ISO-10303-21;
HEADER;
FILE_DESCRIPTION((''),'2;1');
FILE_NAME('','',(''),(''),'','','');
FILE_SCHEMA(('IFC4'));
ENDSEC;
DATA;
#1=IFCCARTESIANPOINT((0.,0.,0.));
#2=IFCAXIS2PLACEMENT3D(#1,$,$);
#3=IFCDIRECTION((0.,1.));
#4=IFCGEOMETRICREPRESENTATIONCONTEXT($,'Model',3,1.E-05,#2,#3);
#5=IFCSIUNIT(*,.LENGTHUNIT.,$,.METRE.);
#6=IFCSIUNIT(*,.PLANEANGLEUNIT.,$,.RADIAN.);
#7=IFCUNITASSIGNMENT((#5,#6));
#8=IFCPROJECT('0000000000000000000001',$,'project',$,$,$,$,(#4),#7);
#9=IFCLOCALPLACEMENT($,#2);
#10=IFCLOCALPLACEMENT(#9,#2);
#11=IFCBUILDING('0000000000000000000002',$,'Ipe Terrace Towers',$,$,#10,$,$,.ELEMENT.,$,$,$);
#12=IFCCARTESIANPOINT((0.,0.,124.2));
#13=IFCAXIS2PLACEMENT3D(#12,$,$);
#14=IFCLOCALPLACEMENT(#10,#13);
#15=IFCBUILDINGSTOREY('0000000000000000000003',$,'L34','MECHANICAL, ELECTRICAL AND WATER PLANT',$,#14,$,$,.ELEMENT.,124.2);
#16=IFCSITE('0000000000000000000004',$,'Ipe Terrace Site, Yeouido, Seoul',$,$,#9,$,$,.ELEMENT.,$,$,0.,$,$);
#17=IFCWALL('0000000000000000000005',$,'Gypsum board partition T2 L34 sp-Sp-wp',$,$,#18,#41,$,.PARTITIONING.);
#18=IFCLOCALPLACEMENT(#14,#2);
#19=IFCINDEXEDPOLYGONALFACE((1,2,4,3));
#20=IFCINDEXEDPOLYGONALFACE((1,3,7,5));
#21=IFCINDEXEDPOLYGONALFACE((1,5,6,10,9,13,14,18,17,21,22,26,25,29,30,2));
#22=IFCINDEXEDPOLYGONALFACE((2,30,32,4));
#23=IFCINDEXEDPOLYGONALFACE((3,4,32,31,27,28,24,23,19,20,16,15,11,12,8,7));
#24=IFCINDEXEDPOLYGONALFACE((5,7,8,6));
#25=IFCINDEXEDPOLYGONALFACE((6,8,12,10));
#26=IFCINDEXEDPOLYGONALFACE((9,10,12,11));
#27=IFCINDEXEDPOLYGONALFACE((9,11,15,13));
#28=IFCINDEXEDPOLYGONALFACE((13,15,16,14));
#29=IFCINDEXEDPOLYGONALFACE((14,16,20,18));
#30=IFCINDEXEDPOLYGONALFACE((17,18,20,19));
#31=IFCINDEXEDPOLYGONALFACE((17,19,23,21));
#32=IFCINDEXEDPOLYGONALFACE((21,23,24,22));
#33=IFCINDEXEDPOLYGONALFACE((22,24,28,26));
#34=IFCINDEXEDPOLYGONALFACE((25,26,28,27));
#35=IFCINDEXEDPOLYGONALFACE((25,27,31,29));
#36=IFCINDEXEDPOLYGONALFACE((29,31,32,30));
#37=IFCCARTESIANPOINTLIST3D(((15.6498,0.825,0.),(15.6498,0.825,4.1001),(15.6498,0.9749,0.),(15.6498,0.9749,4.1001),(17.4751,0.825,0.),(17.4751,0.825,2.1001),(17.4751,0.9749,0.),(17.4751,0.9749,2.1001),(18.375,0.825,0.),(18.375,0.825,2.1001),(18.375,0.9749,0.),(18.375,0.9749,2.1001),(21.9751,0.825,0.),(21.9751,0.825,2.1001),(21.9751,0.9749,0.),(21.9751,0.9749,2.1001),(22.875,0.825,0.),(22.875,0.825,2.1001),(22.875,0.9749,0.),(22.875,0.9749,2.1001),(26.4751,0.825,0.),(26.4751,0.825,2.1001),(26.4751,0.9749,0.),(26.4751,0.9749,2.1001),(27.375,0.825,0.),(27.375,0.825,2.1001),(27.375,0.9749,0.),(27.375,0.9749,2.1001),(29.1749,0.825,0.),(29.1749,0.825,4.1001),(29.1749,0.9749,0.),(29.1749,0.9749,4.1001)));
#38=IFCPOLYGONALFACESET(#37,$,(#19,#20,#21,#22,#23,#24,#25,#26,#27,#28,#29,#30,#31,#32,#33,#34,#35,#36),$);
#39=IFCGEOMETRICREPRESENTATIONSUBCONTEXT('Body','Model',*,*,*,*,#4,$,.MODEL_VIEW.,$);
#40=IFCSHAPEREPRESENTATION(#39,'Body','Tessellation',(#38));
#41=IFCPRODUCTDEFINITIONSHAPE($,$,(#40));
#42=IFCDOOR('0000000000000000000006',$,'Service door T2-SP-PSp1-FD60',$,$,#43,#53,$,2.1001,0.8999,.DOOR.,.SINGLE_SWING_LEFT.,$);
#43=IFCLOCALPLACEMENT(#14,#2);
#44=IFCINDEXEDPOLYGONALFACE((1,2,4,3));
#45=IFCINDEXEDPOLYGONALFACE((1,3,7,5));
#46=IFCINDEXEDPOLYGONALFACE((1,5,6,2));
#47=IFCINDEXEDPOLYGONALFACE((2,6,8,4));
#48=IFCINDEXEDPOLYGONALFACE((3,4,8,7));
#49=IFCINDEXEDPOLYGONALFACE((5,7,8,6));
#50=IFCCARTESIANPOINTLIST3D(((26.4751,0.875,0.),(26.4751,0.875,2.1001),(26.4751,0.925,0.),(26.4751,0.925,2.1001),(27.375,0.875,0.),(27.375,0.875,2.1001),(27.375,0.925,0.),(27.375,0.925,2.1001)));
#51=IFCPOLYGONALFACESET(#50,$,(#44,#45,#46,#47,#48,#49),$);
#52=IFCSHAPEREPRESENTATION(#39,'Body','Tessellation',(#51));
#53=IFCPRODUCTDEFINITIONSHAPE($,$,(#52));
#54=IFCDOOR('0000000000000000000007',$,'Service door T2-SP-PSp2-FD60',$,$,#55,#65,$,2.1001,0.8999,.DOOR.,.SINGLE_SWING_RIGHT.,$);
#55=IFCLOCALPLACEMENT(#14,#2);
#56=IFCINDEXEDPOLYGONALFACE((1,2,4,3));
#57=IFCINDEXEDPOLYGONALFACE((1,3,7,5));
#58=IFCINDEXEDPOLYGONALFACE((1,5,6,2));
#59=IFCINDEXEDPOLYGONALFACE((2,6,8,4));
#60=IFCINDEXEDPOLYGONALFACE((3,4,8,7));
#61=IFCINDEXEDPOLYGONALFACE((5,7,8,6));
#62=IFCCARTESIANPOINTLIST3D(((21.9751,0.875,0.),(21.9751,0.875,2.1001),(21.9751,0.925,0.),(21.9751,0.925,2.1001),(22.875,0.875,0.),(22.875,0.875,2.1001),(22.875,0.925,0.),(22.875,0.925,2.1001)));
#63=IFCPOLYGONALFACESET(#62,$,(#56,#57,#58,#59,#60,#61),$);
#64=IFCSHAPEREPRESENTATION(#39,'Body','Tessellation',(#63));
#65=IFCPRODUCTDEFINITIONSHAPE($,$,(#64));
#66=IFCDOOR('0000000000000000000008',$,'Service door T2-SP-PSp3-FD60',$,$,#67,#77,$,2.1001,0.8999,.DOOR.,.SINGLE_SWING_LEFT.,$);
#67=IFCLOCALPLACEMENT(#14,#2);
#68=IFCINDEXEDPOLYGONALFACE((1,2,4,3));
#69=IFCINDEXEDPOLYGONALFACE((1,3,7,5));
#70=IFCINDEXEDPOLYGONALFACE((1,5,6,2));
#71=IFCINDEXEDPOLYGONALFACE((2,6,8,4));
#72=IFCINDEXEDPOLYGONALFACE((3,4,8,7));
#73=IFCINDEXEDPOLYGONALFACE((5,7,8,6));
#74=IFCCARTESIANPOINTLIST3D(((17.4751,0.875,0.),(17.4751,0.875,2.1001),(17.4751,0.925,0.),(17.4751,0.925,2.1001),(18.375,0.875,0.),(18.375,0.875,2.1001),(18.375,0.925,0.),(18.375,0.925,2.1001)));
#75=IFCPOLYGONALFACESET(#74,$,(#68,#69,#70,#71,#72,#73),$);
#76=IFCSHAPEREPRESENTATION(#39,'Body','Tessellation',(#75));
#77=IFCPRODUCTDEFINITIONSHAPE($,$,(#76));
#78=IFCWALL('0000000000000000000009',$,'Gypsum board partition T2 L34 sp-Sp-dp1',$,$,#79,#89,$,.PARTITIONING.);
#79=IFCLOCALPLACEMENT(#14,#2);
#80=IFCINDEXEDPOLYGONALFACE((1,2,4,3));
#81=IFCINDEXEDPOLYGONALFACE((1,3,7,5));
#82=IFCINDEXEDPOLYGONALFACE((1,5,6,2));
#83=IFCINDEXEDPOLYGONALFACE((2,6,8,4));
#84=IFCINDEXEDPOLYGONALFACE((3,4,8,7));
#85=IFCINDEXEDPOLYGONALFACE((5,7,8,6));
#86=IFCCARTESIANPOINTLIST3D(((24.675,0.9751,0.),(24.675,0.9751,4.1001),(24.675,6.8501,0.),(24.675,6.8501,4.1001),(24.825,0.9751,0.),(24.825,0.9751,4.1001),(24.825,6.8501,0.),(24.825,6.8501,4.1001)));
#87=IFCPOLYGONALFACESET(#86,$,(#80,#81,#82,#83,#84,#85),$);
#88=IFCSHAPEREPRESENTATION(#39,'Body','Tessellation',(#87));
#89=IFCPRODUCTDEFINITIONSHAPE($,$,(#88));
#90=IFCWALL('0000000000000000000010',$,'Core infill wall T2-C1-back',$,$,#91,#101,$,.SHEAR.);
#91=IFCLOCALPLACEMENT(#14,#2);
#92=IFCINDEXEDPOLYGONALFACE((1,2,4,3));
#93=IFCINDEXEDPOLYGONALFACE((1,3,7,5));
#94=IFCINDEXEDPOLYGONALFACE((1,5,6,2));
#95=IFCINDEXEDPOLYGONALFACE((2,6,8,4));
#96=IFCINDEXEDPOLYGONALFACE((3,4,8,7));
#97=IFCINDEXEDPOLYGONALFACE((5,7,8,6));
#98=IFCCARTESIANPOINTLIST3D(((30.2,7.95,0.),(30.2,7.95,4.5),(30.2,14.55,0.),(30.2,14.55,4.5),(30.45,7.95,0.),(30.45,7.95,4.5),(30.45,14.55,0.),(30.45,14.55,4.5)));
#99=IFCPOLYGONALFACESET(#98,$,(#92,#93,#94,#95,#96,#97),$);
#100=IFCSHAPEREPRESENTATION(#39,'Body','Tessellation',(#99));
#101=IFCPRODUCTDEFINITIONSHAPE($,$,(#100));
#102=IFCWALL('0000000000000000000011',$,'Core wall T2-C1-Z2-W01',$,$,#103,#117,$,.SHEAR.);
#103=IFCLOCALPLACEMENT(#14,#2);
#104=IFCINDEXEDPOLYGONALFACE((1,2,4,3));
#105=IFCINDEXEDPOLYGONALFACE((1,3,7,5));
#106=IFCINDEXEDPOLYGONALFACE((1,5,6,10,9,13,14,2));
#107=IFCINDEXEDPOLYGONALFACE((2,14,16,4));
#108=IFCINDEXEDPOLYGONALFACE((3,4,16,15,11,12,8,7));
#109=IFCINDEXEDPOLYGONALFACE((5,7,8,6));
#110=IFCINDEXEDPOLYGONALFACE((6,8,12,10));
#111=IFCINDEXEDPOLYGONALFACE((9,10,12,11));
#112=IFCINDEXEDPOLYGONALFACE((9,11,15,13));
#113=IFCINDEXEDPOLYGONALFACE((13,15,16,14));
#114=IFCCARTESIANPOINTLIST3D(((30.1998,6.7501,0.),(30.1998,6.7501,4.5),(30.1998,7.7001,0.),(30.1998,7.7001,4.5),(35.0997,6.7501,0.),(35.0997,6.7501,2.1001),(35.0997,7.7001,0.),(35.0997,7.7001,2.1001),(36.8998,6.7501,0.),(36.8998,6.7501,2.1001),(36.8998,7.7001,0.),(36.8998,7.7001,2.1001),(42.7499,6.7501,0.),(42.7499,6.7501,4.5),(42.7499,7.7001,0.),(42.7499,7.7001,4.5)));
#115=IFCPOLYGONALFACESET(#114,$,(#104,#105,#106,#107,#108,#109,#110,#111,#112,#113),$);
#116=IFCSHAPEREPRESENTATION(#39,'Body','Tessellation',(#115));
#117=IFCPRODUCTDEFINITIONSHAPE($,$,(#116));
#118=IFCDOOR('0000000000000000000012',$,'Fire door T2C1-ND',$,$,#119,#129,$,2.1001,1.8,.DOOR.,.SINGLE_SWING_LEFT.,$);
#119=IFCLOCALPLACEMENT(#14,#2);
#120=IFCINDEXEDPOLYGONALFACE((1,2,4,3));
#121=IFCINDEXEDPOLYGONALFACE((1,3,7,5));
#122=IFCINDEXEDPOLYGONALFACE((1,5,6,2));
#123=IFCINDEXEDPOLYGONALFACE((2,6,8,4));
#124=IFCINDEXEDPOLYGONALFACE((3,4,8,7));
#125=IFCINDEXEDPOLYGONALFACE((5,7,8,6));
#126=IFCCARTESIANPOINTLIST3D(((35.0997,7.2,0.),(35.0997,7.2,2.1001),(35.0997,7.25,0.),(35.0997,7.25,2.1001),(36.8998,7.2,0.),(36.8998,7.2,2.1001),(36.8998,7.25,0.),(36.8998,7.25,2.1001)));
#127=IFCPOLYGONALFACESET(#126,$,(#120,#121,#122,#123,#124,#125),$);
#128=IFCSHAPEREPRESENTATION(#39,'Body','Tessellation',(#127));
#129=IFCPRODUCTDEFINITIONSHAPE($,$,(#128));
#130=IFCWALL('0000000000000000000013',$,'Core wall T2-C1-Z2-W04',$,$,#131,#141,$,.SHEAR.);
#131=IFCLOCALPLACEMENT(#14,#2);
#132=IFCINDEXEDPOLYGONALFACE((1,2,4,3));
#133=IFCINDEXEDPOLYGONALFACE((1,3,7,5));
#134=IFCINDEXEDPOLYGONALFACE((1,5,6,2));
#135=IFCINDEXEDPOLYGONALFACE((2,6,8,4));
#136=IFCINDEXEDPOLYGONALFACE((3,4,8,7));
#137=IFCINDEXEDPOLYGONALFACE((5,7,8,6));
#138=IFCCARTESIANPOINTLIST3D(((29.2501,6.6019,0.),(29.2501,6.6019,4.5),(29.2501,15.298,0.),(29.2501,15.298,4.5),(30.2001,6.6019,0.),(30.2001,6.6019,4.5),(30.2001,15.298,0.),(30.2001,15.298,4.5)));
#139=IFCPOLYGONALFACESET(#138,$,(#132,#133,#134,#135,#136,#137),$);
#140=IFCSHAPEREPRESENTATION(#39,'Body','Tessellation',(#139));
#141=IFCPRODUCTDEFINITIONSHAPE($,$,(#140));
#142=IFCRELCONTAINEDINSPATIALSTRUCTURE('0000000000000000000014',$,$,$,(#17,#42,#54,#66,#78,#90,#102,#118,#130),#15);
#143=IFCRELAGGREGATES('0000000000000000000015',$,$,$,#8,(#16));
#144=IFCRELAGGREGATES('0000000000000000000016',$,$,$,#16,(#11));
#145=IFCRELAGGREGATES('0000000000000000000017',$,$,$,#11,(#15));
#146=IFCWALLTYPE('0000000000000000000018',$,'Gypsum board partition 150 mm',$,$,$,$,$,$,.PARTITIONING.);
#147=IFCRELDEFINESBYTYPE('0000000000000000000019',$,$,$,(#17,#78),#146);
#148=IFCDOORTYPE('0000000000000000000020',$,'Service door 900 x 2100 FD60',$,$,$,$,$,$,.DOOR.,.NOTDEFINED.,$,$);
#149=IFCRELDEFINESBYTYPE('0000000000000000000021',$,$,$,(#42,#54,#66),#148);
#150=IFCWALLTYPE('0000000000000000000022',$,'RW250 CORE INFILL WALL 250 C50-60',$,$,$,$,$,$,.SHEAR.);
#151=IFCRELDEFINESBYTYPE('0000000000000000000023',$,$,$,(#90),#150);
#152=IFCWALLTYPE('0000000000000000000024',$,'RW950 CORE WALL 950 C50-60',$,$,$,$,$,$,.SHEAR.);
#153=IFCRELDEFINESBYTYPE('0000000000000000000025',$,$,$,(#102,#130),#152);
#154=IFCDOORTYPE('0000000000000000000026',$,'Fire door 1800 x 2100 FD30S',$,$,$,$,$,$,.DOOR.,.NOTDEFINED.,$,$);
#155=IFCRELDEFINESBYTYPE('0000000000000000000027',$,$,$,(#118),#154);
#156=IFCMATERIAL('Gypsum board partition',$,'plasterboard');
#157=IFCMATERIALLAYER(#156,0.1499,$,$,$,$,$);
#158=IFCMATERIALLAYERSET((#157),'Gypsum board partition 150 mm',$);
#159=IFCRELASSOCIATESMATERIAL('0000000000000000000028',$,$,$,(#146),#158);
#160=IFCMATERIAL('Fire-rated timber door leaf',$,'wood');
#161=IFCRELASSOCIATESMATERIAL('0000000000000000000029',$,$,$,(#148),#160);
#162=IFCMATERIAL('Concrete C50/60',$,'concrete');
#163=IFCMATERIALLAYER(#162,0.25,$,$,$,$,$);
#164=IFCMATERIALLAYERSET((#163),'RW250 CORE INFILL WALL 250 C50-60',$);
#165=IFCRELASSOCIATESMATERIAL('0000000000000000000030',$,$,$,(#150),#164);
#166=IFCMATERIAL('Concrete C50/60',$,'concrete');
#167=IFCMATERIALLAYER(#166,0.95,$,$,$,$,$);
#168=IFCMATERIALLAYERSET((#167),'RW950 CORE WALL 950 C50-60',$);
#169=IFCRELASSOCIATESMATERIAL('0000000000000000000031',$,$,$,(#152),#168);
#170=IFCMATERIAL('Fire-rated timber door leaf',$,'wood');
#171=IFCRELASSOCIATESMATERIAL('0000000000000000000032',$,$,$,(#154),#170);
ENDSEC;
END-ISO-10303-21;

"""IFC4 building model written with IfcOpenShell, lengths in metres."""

from ifc_helpers import new_model, si_unit, direction, frame, frame_2d, origin, place, context, subcontext, project, spatial, rectangle, extrude, material, layer, layer_set, type_object, element, fill, save


model = new_model("IFC4")

# Units and contexts
model_context = context("Model", 3, precision=1e-05, world=origin(), true_north=direction((0.0, 1.0)))
body_context = subcontext(model_context, "Body", "Model", "MODEL_VIEW")
ifc_project = project(units=[si_unit("LENGTHUNIT", "METRE"), si_unit("PLANEANGLEUNIT", "RADIAN")], contexts=[model_context])

# Site, building, storey
site_placement = place(None, origin())
site = spatial("IfcSite", under=ifc_project, at=site_placement, Name="Ipe Terrace Site, Yeouido, Seoul", CompositionType="ELEMENT", RefElevation=0.0)
building_placement = place(site_placement, origin())
building = spatial("IfcBuilding", under=site, at=building_placement, Name="Ipe Terrace Towers", CompositionType="ELEMENT")
storey_placement = place(building_placement, frame((0.0, 0.0, 124.2)))
storey = spatial("IfcBuildingStorey", under=building, at=storey_placement, Name="L34", Description="MECHANICAL, ELECTRICAL AND WATER PLANT", CompositionType="ELEMENT", Elevation=124.2)

# Wall, openings, doors
ifc_material_1 = material(Name="Gypsum board partition", Category="plasterboard")
ifc_layer_1 = layer(ifc_material_1, 0.1499)
ifc_layer_set_1 = layer_set([ifc_layer_1], Name="Gypsum board partition 150 mm")
wall_type_1 = type_object("IfcWallType", Name="Gypsum board partition 150 mm", PredefinedType="PARTITIONING", material=ifc_layer_set_1)
wall_1_placement = place(storey_placement, frame((29.175, 0.8999, 0.0), z_axis=(0.0, 0.0, 1.0), x_axis=(-1.0, 0.0, 0.0)))
wall_1 = element("IfcWall", 1, at=wall_1_placement, inside=storey, type_object=wall_type_1, Name="Gypsum board partition T2 L34 sp-Sp-wp", PredefinedType="PARTITIONING", context=body_context, shape_type="SweptSolid", body=[
    extrude(rectangle(XDim=13.5251, YDim=0.1499, at=frame_2d((6.7627, 0.0))), origin(), (0.0, 0.0, 1.0), 4.1001),
])
opening_1_placement = place(wall_1_placement, frame((1.8, 0.0, 0.0)))
opening_1 = element("IfcOpeningElement", 2, at=opening_1_placement, cuts=wall_1, PredefinedType="OPENING", context=body_context, shape_type="SweptSolid", body=[
    extrude(rectangle(XDim=0.8999, YDim=2.1001, at=frame_2d((0.45, 1.05))), frame((0.0, 0.085, 0.0), z_axis=(0.0, -1.0, 0.0), x_axis=(1.0, 0.0, 0.0)), (0.0, 0.0, 1.0), 0.1699),
])
opening_2_placement = place(wall_1_placement, frame((6.3, 0.0, 0.0)))
opening_2 = element("IfcOpeningElement", 3, at=opening_2_placement, cuts=wall_1, PredefinedType="OPENING", context=body_context, shape_type="SweptSolid", body=[
    extrude(rectangle(XDim=0.8999, YDim=2.1001, at=frame_2d((0.45, 1.05))), frame((0.0, 0.085, 0.0), z_axis=(0.0, -1.0, 0.0), x_axis=(1.0, 0.0, 0.0)), (0.0, 0.0, 1.0), 0.1699),
])
opening_3_placement = place(wall_1_placement, frame((10.8, 0.0, 0.0)))
opening_3 = element("IfcOpeningElement", 4, at=opening_3_placement, cuts=wall_1, PredefinedType="OPENING", context=body_context, shape_type="SweptSolid", body=[
    extrude(rectangle(XDim=0.8999, YDim=2.1001, at=frame_2d((0.45, 1.05))), frame((0.0, 0.085, 0.0), z_axis=(0.0, -1.0, 0.0), x_axis=(1.0, 0.0, 0.0)), (0.0, 0.0, 1.0), 0.1699),
])
ifc_material_2 = material(Name="Fire-rated timber door leaf", Category="wood")
door_type_1 = type_object("IfcDoorType", Name="Service door 900 x 2100 FD60", OperationType="NOTDEFINED", PredefinedType="DOOR", material=ifc_material_2)
door_1_placement = place(opening_1_placement, origin())
door_1 = element("IfcDoor", 5, at=door_1_placement, inside=storey, type_object=door_type_1, Name="Service door T2-SP-PSp1-FD60", OperationType="SINGLE_SWING_LEFT", OverallHeight=2.1001, OverallWidth=0.8999, PredefinedType="DOOR", context=body_context, shape_type="SweptSolid", body=[
    extrude(rectangle(XDim=0.8999, YDim=2.1001, at=frame_2d((0.45, 1.05))), frame((0.0, 0.0249, 0.0), z_axis=(0.0, -1.0, 0.0), x_axis=(1.0, 0.0, 0.0)), (0.0, 0.0, 1.0), 0.05),
])
fill(opening_1, door_1)
door_2_placement = place(opening_2_placement, origin())
door_2 = element("IfcDoor", 6, at=door_2_placement, inside=storey, type_object=door_type_1, Name="Service door T2-SP-PSp2-FD60", OperationType="SINGLE_SWING_RIGHT", OverallHeight=2.1001, OverallWidth=0.8999, PredefinedType="DOOR", context=body_context, shape_type="SweptSolid", body=[
    extrude(rectangle(XDim=0.8999, YDim=2.1001, at=frame_2d((0.45, 1.05))), frame((0.0, 0.0249, 0.0), z_axis=(0.0, -1.0, 0.0), x_axis=(1.0, 0.0, 0.0)), (0.0, 0.0, 1.0), 0.05),
])
fill(opening_2, door_2)
door_3_placement = place(opening_3_placement, origin())
door_3 = element("IfcDoor", 7, at=door_3_placement, inside=storey, type_object=door_type_1, Name="Service door T2-SP-PSp3-FD60", OperationType="SINGLE_SWING_LEFT", OverallHeight=2.1001, OverallWidth=0.8999, PredefinedType="DOOR", context=body_context, shape_type="SweptSolid", body=[
    extrude(rectangle(XDim=0.8999, YDim=2.1001, at=frame_2d((0.45, 1.05))), frame((0.0, 0.0249, 0.0), z_axis=(0.0, -1.0, 0.0), x_axis=(1.0, 0.0, 0.0)), (0.0, 0.0, 1.0), 0.05),
])
fill(opening_3, door_3)

# Walls
wall_2_placement = place(storey_placement, frame((24.75, 0.9751, 0.0), z_axis=(0.0, 0.0, 1.0), x_axis=(0.0, 1.0, 0.0)))
element("IfcWall", 8, at=wall_2_placement, inside=storey, type_object=wall_type_1, Name="Gypsum board partition T2 L34 sp-Sp-dp1", PredefinedType="PARTITIONING", context=body_context, shape_type="SweptSolid", body=[
    extrude(rectangle(XDim=5.875, YDim=0.1499, at=frame_2d((2.9375, 0.0))), origin(), (0.0, 0.0, 1.0), 4.1001),
])
ifc_material_3 = material(Name="Concrete C50/60", Category="concrete")
ifc_layer_2 = layer(ifc_material_3, 0.25)
ifc_layer_set_2 = layer_set([ifc_layer_2], Name="RW250 CORE INFILL WALL 250 C50-60")
wall_type_2 = type_object("IfcWallType", Name="RW250 CORE INFILL WALL 250 C50-60", PredefinedType="SHEAR", material=ifc_layer_set_2)
wall_3_placement = place(storey_placement, frame((30.325, 7.95, 0.0), z_axis=(0.0, 0.0, 1.0), x_axis=(0.0, 1.0, 0.0)))
element("IfcWall", 9, at=wall_3_placement, inside=storey, type_object=wall_type_2, Name="Core infill wall T2-C1-back", PredefinedType="SHEAR", context=body_context, shape_type="SweptSolid", body=[
    extrude(rectangle(XDim=6.6001, YDim=0.25, at=frame_2d((3.3, 0.0))), origin(), (0.0, 0.0, 1.0), 4.5),
])

# Wall, opening, door
ifc_material_4 = material(Name="Concrete C50/60", Category="concrete")
ifc_layer_3 = layer(ifc_material_4, 0.95)
ifc_layer_set_3 = layer_set([ifc_layer_3], Name="RW950 CORE WALL 950 C50-60")
wall_type_3 = type_object("IfcWallType", Name="RW950 CORE WALL 950 C50-60", PredefinedType="SHEAR", material=ifc_layer_set_3)
wall_4_placement = place(storey_placement, frame((30.2, 7.2251, 0.0), z_axis=(0.0, 0.0, 1.0), x_axis=(1.0, 0.0, 0.0)))
wall_4 = element("IfcWall", 10, at=wall_4_placement, inside=storey, type_object=wall_type_3, Name="Core wall T2-C1-Z2-W01", PredefinedType="SHEAR", context=body_context, shape_type="SweptSolid", body=[
    extrude(rectangle(XDim=12.55, YDim=0.95, at=frame_2d((6.2749, 0.0))), origin(), (0.0, 0.0, 1.0), 4.5),
])
opening_4_placement = place(wall_4_placement, frame((4.8999, 0.0, 0.0)))
opening_4 = element("IfcOpeningElement", 11, at=opening_4_placement, cuts=wall_4, PredefinedType="OPENING", context=body_context, shape_type="SweptSolid", body=[
    extrude(rectangle(XDim=1.8, YDim=2.1001, at=frame_2d((0.8999, 1.05))), frame((0.0, 0.4849, 0.0), z_axis=(0.0, -1.0, 0.0), x_axis=(1.0, 0.0, 0.0)), (0.0, 0.0, 1.0), 0.97),
])
ifc_material_5 = material(Name="Fire-rated timber door leaf", Category="wood")
door_type_2 = type_object("IfcDoorType", Name="Fire door 1800 x 2100 FD30S", OperationType="NOTDEFINED", PredefinedType="DOOR", material=ifc_material_5)
door_4_placement = place(opening_4_placement, origin())
door_4 = element("IfcDoor", 12, at=door_4_placement, inside=storey, type_object=door_type_2, Name="Fire door T2C1-ND", OperationType="SINGLE_SWING_LEFT", OverallHeight=2.1001, OverallWidth=1.8, PredefinedType="DOOR", context=body_context, shape_type="SweptSolid", body=[
    extrude(rectangle(XDim=1.8, YDim=2.1001, at=frame_2d((0.8999, 1.05))), frame((0.0, 0.0249, 0.0), z_axis=(0.0, -1.0, 0.0), x_axis=(1.0, 0.0, 0.0)), (0.0, 0.0, 1.0), 0.05),
])
fill(opening_4, door_4)

# Wall
wall_5_placement = place(storey_placement, frame((29.7251, 15.2981, 0.0), z_axis=(0.0, 0.0, 1.0), x_axis=(0.0, -1.0, 0.0)))
element("IfcWall", 13, at=wall_5_placement, inside=storey, type_object=wall_type_3, Name="Core wall T2-C1-Z2-W04", PredefinedType="SHEAR", context=body_context, shape_type="SweptSolid", body=[
    extrude(rectangle(XDim=8.696, YDim=0.95, at=frame_2d((4.3481, 0.0))), origin(), (0.0, 0.0, 1.0), 4.5),
])

save(model, "model.ifc")
